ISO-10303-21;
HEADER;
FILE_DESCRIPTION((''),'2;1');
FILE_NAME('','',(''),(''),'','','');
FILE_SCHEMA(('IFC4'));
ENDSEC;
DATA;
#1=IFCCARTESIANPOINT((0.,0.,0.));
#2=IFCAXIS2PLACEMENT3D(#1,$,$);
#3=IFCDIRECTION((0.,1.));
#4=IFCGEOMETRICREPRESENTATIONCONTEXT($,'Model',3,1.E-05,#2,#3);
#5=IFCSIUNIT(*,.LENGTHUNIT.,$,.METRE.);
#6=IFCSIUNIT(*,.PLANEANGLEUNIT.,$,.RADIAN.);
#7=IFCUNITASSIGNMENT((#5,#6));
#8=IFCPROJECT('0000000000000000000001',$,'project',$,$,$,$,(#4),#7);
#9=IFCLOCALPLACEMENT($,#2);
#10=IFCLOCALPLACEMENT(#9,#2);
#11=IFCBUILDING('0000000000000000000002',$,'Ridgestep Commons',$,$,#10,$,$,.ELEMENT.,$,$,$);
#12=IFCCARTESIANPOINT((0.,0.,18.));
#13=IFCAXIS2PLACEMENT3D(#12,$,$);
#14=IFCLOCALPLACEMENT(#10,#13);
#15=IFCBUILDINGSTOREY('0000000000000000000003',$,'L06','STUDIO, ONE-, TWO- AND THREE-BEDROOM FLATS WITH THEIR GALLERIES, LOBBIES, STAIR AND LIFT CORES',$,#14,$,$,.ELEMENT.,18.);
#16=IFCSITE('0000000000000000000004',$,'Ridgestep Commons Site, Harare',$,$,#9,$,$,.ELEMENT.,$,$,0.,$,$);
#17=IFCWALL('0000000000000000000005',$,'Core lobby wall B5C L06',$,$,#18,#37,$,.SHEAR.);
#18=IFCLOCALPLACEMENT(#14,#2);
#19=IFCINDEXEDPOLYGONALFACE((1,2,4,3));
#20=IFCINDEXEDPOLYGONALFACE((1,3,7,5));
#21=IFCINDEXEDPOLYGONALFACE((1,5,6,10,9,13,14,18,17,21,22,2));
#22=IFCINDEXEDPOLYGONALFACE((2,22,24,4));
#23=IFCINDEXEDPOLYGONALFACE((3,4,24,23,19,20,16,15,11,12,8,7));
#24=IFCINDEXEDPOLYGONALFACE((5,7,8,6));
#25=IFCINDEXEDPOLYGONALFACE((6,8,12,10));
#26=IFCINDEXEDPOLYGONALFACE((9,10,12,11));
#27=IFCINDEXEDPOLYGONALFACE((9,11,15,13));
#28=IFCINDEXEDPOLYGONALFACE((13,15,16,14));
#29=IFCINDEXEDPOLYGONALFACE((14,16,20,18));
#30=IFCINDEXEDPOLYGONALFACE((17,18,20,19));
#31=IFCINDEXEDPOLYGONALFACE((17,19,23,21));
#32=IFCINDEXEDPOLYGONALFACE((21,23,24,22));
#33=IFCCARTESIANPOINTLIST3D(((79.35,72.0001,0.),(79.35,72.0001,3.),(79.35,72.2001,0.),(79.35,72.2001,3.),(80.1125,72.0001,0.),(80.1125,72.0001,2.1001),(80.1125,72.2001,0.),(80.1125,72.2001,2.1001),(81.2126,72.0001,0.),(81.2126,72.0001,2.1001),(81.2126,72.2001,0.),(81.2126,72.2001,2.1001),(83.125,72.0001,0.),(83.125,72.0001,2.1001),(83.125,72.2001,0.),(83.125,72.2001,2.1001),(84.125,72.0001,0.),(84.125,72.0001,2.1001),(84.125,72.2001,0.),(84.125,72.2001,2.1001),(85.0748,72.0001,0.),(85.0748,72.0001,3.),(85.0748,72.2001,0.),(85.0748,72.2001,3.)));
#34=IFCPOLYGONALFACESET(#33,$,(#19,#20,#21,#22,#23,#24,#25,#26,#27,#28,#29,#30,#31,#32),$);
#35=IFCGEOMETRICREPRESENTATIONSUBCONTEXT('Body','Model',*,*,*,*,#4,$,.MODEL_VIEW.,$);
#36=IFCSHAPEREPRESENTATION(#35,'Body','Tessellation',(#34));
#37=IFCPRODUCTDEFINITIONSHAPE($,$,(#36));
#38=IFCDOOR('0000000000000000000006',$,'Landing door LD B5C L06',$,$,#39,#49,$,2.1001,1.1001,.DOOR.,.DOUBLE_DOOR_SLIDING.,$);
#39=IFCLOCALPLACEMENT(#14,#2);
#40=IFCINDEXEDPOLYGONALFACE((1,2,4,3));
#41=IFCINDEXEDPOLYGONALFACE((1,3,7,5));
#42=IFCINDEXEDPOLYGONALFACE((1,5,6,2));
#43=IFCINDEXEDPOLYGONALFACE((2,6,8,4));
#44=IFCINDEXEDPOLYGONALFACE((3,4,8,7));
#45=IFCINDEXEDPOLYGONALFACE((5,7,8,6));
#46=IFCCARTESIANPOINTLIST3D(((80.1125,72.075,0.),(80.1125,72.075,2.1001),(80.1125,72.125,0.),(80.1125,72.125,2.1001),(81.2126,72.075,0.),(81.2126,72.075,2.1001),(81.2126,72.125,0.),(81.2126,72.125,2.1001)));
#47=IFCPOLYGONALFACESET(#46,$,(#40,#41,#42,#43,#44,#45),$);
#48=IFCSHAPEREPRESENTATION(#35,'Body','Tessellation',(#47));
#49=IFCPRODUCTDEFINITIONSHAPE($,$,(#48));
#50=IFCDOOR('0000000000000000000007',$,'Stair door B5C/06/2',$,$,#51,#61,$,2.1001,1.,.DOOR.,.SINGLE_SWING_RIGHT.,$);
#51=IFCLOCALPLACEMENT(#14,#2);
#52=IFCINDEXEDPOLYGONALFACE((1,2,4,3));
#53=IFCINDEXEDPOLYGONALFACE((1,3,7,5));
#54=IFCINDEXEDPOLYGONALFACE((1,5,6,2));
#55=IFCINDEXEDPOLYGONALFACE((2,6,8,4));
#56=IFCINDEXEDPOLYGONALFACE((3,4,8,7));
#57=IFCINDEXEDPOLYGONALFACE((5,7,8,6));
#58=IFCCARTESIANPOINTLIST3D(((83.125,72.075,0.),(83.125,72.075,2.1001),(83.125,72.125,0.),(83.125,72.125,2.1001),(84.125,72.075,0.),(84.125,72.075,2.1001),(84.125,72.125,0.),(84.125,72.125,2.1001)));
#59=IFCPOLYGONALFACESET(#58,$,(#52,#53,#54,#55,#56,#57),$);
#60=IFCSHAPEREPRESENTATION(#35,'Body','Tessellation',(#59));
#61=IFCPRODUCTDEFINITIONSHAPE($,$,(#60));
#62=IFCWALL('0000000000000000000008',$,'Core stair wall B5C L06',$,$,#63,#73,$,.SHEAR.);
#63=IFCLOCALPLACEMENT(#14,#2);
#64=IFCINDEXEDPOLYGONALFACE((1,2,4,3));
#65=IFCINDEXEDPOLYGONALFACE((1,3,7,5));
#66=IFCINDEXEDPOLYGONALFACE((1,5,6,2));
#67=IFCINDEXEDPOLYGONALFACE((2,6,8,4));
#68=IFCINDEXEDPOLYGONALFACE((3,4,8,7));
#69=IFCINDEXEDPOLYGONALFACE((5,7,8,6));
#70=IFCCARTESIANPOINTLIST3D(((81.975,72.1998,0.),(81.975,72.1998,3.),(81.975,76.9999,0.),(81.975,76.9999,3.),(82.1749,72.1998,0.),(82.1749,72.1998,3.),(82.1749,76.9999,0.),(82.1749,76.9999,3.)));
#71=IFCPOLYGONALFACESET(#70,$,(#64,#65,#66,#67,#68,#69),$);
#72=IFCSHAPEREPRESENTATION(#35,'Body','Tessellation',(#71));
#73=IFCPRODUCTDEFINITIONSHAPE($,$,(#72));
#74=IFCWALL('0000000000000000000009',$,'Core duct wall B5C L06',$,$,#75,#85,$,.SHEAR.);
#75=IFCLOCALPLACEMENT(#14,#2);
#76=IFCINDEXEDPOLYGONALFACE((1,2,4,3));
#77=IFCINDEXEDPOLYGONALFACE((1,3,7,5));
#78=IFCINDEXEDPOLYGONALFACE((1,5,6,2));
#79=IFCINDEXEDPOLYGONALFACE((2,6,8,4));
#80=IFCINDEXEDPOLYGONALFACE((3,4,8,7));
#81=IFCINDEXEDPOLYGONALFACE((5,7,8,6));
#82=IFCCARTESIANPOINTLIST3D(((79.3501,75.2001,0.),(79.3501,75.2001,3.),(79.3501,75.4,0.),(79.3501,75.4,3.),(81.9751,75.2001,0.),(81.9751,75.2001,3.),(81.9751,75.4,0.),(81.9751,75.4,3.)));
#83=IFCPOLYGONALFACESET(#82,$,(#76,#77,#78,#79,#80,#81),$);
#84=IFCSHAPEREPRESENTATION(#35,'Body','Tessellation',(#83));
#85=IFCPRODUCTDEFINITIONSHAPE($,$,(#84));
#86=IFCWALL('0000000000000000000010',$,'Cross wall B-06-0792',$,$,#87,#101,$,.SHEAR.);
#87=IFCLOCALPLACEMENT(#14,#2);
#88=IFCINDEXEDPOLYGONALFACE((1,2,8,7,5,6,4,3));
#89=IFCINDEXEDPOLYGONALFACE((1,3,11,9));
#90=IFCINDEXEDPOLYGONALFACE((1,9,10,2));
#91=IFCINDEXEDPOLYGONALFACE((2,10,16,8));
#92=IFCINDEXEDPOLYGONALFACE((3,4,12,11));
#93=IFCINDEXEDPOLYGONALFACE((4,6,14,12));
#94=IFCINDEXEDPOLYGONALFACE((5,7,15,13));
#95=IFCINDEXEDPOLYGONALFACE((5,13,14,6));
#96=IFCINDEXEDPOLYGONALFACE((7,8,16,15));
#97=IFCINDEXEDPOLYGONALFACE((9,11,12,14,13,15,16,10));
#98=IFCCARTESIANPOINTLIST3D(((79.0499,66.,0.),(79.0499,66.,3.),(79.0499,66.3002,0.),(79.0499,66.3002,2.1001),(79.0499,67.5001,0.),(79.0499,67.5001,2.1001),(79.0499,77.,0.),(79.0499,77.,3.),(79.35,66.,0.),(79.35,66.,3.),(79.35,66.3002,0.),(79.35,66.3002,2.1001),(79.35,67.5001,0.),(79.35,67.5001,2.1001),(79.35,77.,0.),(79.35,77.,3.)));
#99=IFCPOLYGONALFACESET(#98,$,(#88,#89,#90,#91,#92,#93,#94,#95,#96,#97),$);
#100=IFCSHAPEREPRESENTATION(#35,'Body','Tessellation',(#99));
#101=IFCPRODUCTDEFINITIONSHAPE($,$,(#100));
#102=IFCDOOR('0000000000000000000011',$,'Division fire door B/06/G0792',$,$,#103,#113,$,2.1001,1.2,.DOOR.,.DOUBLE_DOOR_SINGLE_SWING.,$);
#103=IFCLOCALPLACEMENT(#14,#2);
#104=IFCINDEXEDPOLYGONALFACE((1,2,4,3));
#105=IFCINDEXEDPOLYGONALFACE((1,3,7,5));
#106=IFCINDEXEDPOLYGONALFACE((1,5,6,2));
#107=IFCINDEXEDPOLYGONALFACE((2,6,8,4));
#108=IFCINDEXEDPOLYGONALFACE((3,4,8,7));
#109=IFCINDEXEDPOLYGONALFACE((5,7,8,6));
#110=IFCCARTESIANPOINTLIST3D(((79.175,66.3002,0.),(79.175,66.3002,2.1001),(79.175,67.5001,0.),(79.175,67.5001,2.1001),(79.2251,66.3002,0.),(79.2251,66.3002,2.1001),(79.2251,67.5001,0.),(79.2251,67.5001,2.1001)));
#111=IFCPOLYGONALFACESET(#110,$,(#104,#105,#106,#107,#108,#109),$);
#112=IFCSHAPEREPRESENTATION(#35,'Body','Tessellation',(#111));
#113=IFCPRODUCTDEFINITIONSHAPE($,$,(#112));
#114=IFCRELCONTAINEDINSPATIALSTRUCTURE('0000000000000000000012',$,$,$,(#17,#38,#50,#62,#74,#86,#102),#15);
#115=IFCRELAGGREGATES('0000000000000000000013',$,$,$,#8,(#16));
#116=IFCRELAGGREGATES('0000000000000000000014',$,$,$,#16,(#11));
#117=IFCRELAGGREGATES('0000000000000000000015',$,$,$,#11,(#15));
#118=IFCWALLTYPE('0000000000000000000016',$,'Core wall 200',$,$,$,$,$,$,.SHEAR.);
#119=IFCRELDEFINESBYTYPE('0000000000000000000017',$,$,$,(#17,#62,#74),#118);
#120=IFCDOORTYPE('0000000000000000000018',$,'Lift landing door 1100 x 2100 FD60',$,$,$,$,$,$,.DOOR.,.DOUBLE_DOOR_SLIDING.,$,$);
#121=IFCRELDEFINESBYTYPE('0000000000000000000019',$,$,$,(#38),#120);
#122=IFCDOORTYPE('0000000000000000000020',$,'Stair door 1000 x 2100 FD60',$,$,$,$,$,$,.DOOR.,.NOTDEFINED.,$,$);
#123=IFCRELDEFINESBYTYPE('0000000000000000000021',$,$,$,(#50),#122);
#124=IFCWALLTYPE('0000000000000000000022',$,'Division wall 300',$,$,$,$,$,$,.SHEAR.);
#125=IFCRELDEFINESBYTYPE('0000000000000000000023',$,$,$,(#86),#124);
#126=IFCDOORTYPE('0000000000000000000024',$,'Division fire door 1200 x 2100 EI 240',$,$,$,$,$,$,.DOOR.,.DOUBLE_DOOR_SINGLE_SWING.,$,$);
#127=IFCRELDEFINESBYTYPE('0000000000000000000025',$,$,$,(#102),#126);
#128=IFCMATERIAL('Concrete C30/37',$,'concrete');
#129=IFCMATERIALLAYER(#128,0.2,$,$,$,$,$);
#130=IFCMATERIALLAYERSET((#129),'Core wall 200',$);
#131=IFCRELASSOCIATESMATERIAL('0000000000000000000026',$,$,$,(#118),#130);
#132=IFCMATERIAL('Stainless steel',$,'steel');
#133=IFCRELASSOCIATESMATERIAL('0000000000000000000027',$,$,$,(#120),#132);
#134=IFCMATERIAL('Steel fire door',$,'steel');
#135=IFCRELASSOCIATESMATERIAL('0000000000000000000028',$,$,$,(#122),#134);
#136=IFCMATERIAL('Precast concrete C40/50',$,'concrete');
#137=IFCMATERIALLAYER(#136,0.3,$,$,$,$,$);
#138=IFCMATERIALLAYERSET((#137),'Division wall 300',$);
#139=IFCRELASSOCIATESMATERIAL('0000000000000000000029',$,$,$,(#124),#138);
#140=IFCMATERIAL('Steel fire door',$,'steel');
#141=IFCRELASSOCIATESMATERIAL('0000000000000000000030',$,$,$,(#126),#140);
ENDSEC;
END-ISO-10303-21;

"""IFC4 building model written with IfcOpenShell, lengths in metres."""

from ifc_helpers import new_model, si_unit, direction, frame, frame_2d, origin, place, context, subcontext, project, spatial, rectangle, extrude, material, layer, layer_set, type_object, element, fill, save


model = new_model("IFC4")

# Units and contexts
model_context = context("Model", 3, precision=1e-05, world=origin(), true_north=direction((0.0, 1.0)))
body_context = subcontext(model_context, "Body", "Model", "MODEL_VIEW")
ifc_project = project(units=[si_unit("LENGTHUNIT", "METRE"), si_unit("PLANEANGLEUNIT", "RADIAN")], contexts=[model_context])

# Site, building, storey
site_placement = place(None, origin())
site = spatial("IfcSite", under=ifc_project, at=site_placement, Name="Ridgestep Commons Site, Harare", CompositionType="ELEMENT", RefElevation=0.0)
building_placement = place(site_placement, origin())
building = spatial("IfcBuilding", under=site, at=building_placement, Name="Ridgestep Commons", CompositionType="ELEMENT")
storey_placement = place(building_placement, frame((0.0, 0.0, 18.0)))
storey = spatial("IfcBuildingStorey", under=building, at=storey_placement, Name="L06", Description="STUDIO, ONE-, TWO- AND THREE-BEDROOM FLATS WITH THEIR GALLERIES, LOBBIES, STAIR AND LIFT CORES", CompositionType="ELEMENT", Elevation=18.0)

# Shared definitions
ifc_material_1 = material(Name="Concrete C30/37", Category="concrete")
ifc_layer_1 = layer(ifc_material_1, 0.2)
ifc_layer_set_1 = layer_set([ifc_layer_1], Name="Core wall 200")
wall_type_1 = type_object("IfcWallType", Name="Core wall 200", PredefinedType="SHEAR", material=ifc_layer_set_1)

# Wall, openings, doors
wall_1_placement = place(storey_placement, frame((79.3501, 72.1001, 0.0), z_axis=(0.0, 0.0, 1.0), x_axis=(1.0, 0.0, 0.0)))
wall_1 = element("IfcWall", 1, at=wall_1_placement, inside=storey, type_object=wall_type_1, Name="Core lobby wall B5C L06", PredefinedType="SHEAR", context=body_context, shape_type="SweptSolid", body=[
    extrude(rectangle(XDim=5.7249, YDim=0.2, at=frame_2d((2.8623, 0.0))), origin(), (0.0, 0.0, 1.0), 3.0),
])
opening_1_placement = place(wall_1_placement, frame((3.7749, 0.0, 0.0)))
opening_1 = element("IfcOpeningElement", 2, at=opening_1_placement, cuts=wall_1, PredefinedType="OPENING", context=body_context, shape_type="SweptSolid", body=[
    extrude(rectangle(XDim=1.0, YDim=2.1001, at=frame_2d((0.5, 1.05))), frame((0.0, 0.1099, 0.0), z_axis=(0.0, -1.0, 0.0), x_axis=(1.0, 0.0, 0.0)), (0.0, 0.0, 1.0), 0.22),
])
opening_2_placement = place(wall_1_placement, frame((0.7625, 0.0, 0.0)))
opening_2 = element("IfcOpeningElement", 3, at=opening_2_placement, cuts=wall_1, PredefinedType="OPENING", context=body_context, shape_type="SweptSolid", body=[
    extrude(rectangle(XDim=1.1001, YDim=2.1001, at=frame_2d((0.55, 1.05))), frame((0.0, 0.1099, 0.0), z_axis=(0.0, -1.0, 0.0), x_axis=(1.0, 0.0, 0.0)), (0.0, 0.0, 1.0), 0.22),
])
ifc_material_2 = material(Name="Stainless steel", Category="steel")
door_type_1 = type_object("IfcDoorType", Name="Lift landing door 1100 x 2100 FD60", OperationType="DOUBLE_DOOR_SLIDING", PredefinedType="DOOR", material=ifc_material_2)
door_1_placement = place(opening_2_placement, origin())
door_1 = element("IfcDoor", 4, at=door_1_placement, inside=storey, type_object=door_type_1, Name="Landing door LD B5C L06", OperationType="DOUBLE_DOOR_SLIDING", OverallHeight=2.1001, OverallWidth=1.1001, PredefinedType="DOOR", context=body_context, shape_type="SweptSolid", body=[
    extrude(rectangle(XDim=1.1001, YDim=2.1001, at=frame_2d((0.55, 1.05))), frame((0.0, 0.0249, 0.0), z_axis=(0.0, -1.0, 0.0), x_axis=(1.0, 0.0, 0.0)), (0.0, 0.0, 1.0), 0.05),
])
fill(opening_2, door_1)
ifc_material_3 = material(Name="Steel fire door", Category="steel")
door_type_2 = type_object("IfcDoorType", Name="Stair door 1000 x 2100 FD60", OperationType="NOTDEFINED", PredefinedType="DOOR", material=ifc_material_3)
door_2_placement = place(opening_1_placement, origin())
door_2 = element("IfcDoor", 5, at=door_2_placement, inside=storey, type_object=door_type_2, Name="Stair door B5C/06/2", OperationType="SINGLE_SWING_RIGHT", OverallHeight=2.1001, OverallWidth=1.0, PredefinedType="DOOR", context=body_context, shape_type="SweptSolid", body=[
    extrude(rectangle(XDim=1.0, YDim=2.1001, at=frame_2d((0.5, 1.05))), frame((0.0, 0.0249, 0.0), z_axis=(0.0, -1.0, 0.0), x_axis=(1.0, 0.0, 0.0)), (0.0, 0.0, 1.0), 0.05),
])
fill(opening_1, door_2)

# Walls
wall_2_placement = place(storey_placement, frame((82.075, 72.2, 0.0), z_axis=(0.0, 0.0, 1.0), x_axis=(0.0, 1.0, 0.0)))
element("IfcWall", 6, at=wall_2_placement, inside=storey, type_object=wall_type_1, Name="Core stair wall B5C L06", PredefinedType="SHEAR", context=body_context, shape_type="SweptSolid", body=[
    extrude(rectangle(XDim=4.8, YDim=0.2, at=frame_2d((2.3999, 0.0))), origin(), (0.0, 0.0, 1.0), 3.0),
])
wall_3_placement = place(storey_placement, frame((79.3501, 75.3, 0.0), z_axis=(0.0, 0.0, 1.0), x_axis=(1.0, 0.0, 0.0)))
element("IfcWall", 7, at=wall_3_placement, inside=storey, type_object=wall_type_1, Name="Core duct wall B5C L06", PredefinedType="SHEAR", context=body_context, shape_type="SweptSolid", body=[
    extrude(rectangle(XDim=2.625, YDim=0.2, at=frame_2d((1.3125, 0.0))), origin(), (0.0, 0.0, 1.0), 3.0),
])

# Wall, opening, door
ifc_material_4 = material(Name="Precast concrete C40/50", Category="concrete")
ifc_layer_2 = layer(ifc_material_4, 0.3)
ifc_layer_set_2 = layer_set([ifc_layer_2], Name="Division wall 300")
wall_type_2 = type_object("IfcWallType", Name="Division wall 300", PredefinedType="SHEAR", material=ifc_layer_set_2)
wall_4_placement = place(storey_placement, frame((79.2, 66.0, 0.0), z_axis=(0.0, 0.0, 1.0), x_axis=(0.0, 1.0, 0.0)))
wall_4 = element("IfcWall", 8, at=wall_4_placement, inside=storey, type_object=wall_type_2, Name="Cross wall B-06-0792", PredefinedType="SHEAR", context=body_context, shape_type="SweptSolid", body=[
    extrude(rectangle(XDim=11.0, YDim=0.3, at=frame_2d((5.5, 0.0))), origin(), (0.0, 0.0, 1.0), 3.0),
])
opening_3_placement = place(wall_4_placement, frame((0.3, 0.0, 0.0)))
opening_3 = element("IfcOpeningElement", 9, at=opening_3_placement, cuts=wall_4, PredefinedType="OPENING", context=body_context, shape_type="SweptSolid", body=[
    extrude(rectangle(XDim=1.2, YDim=2.1001, at=frame_2d((0.6001, 1.05))), frame((0.0, 0.1599, 0.0), z_axis=(0.0, -1.0, 0.0), x_axis=(1.0, 0.0, 0.0)), (0.0, 0.0, 1.0), 0.3201),
])
ifc_material_5 = material(Name="Steel fire door", Category="steel")
door_type_3 = type_object("IfcDoorType", Name="Division fire door 1200 x 2100 EI 240", OperationType="DOUBLE_DOOR_SINGLE_SWING", PredefinedType="DOOR", material=ifc_material_5)
door_3_placement = place(opening_3_placement, origin())
door_3 = element("IfcDoor", 10, at=door_3_placement, inside=storey, type_object=door_type_3, Name="Division fire door B/06/G0792", OperationType="DOUBLE_DOOR_SINGLE_SWING", OverallHeight=2.1001, OverallWidth=1.2, PredefinedType="DOOR", context=body_context, shape_type="SweptSolid", body=[
    extrude(rectangle(XDim=1.2, YDim=2.1001, at=frame_2d((0.6001, 1.05))), frame((0.0, 0.0249, 0.0), z_axis=(0.0, -1.0, 0.0), x_axis=(1.0, 0.0, 0.0)), (0.0, 0.0, 1.0), 0.05),
])
fill(opening_3, door_3)

save(model, "model.ifc")
